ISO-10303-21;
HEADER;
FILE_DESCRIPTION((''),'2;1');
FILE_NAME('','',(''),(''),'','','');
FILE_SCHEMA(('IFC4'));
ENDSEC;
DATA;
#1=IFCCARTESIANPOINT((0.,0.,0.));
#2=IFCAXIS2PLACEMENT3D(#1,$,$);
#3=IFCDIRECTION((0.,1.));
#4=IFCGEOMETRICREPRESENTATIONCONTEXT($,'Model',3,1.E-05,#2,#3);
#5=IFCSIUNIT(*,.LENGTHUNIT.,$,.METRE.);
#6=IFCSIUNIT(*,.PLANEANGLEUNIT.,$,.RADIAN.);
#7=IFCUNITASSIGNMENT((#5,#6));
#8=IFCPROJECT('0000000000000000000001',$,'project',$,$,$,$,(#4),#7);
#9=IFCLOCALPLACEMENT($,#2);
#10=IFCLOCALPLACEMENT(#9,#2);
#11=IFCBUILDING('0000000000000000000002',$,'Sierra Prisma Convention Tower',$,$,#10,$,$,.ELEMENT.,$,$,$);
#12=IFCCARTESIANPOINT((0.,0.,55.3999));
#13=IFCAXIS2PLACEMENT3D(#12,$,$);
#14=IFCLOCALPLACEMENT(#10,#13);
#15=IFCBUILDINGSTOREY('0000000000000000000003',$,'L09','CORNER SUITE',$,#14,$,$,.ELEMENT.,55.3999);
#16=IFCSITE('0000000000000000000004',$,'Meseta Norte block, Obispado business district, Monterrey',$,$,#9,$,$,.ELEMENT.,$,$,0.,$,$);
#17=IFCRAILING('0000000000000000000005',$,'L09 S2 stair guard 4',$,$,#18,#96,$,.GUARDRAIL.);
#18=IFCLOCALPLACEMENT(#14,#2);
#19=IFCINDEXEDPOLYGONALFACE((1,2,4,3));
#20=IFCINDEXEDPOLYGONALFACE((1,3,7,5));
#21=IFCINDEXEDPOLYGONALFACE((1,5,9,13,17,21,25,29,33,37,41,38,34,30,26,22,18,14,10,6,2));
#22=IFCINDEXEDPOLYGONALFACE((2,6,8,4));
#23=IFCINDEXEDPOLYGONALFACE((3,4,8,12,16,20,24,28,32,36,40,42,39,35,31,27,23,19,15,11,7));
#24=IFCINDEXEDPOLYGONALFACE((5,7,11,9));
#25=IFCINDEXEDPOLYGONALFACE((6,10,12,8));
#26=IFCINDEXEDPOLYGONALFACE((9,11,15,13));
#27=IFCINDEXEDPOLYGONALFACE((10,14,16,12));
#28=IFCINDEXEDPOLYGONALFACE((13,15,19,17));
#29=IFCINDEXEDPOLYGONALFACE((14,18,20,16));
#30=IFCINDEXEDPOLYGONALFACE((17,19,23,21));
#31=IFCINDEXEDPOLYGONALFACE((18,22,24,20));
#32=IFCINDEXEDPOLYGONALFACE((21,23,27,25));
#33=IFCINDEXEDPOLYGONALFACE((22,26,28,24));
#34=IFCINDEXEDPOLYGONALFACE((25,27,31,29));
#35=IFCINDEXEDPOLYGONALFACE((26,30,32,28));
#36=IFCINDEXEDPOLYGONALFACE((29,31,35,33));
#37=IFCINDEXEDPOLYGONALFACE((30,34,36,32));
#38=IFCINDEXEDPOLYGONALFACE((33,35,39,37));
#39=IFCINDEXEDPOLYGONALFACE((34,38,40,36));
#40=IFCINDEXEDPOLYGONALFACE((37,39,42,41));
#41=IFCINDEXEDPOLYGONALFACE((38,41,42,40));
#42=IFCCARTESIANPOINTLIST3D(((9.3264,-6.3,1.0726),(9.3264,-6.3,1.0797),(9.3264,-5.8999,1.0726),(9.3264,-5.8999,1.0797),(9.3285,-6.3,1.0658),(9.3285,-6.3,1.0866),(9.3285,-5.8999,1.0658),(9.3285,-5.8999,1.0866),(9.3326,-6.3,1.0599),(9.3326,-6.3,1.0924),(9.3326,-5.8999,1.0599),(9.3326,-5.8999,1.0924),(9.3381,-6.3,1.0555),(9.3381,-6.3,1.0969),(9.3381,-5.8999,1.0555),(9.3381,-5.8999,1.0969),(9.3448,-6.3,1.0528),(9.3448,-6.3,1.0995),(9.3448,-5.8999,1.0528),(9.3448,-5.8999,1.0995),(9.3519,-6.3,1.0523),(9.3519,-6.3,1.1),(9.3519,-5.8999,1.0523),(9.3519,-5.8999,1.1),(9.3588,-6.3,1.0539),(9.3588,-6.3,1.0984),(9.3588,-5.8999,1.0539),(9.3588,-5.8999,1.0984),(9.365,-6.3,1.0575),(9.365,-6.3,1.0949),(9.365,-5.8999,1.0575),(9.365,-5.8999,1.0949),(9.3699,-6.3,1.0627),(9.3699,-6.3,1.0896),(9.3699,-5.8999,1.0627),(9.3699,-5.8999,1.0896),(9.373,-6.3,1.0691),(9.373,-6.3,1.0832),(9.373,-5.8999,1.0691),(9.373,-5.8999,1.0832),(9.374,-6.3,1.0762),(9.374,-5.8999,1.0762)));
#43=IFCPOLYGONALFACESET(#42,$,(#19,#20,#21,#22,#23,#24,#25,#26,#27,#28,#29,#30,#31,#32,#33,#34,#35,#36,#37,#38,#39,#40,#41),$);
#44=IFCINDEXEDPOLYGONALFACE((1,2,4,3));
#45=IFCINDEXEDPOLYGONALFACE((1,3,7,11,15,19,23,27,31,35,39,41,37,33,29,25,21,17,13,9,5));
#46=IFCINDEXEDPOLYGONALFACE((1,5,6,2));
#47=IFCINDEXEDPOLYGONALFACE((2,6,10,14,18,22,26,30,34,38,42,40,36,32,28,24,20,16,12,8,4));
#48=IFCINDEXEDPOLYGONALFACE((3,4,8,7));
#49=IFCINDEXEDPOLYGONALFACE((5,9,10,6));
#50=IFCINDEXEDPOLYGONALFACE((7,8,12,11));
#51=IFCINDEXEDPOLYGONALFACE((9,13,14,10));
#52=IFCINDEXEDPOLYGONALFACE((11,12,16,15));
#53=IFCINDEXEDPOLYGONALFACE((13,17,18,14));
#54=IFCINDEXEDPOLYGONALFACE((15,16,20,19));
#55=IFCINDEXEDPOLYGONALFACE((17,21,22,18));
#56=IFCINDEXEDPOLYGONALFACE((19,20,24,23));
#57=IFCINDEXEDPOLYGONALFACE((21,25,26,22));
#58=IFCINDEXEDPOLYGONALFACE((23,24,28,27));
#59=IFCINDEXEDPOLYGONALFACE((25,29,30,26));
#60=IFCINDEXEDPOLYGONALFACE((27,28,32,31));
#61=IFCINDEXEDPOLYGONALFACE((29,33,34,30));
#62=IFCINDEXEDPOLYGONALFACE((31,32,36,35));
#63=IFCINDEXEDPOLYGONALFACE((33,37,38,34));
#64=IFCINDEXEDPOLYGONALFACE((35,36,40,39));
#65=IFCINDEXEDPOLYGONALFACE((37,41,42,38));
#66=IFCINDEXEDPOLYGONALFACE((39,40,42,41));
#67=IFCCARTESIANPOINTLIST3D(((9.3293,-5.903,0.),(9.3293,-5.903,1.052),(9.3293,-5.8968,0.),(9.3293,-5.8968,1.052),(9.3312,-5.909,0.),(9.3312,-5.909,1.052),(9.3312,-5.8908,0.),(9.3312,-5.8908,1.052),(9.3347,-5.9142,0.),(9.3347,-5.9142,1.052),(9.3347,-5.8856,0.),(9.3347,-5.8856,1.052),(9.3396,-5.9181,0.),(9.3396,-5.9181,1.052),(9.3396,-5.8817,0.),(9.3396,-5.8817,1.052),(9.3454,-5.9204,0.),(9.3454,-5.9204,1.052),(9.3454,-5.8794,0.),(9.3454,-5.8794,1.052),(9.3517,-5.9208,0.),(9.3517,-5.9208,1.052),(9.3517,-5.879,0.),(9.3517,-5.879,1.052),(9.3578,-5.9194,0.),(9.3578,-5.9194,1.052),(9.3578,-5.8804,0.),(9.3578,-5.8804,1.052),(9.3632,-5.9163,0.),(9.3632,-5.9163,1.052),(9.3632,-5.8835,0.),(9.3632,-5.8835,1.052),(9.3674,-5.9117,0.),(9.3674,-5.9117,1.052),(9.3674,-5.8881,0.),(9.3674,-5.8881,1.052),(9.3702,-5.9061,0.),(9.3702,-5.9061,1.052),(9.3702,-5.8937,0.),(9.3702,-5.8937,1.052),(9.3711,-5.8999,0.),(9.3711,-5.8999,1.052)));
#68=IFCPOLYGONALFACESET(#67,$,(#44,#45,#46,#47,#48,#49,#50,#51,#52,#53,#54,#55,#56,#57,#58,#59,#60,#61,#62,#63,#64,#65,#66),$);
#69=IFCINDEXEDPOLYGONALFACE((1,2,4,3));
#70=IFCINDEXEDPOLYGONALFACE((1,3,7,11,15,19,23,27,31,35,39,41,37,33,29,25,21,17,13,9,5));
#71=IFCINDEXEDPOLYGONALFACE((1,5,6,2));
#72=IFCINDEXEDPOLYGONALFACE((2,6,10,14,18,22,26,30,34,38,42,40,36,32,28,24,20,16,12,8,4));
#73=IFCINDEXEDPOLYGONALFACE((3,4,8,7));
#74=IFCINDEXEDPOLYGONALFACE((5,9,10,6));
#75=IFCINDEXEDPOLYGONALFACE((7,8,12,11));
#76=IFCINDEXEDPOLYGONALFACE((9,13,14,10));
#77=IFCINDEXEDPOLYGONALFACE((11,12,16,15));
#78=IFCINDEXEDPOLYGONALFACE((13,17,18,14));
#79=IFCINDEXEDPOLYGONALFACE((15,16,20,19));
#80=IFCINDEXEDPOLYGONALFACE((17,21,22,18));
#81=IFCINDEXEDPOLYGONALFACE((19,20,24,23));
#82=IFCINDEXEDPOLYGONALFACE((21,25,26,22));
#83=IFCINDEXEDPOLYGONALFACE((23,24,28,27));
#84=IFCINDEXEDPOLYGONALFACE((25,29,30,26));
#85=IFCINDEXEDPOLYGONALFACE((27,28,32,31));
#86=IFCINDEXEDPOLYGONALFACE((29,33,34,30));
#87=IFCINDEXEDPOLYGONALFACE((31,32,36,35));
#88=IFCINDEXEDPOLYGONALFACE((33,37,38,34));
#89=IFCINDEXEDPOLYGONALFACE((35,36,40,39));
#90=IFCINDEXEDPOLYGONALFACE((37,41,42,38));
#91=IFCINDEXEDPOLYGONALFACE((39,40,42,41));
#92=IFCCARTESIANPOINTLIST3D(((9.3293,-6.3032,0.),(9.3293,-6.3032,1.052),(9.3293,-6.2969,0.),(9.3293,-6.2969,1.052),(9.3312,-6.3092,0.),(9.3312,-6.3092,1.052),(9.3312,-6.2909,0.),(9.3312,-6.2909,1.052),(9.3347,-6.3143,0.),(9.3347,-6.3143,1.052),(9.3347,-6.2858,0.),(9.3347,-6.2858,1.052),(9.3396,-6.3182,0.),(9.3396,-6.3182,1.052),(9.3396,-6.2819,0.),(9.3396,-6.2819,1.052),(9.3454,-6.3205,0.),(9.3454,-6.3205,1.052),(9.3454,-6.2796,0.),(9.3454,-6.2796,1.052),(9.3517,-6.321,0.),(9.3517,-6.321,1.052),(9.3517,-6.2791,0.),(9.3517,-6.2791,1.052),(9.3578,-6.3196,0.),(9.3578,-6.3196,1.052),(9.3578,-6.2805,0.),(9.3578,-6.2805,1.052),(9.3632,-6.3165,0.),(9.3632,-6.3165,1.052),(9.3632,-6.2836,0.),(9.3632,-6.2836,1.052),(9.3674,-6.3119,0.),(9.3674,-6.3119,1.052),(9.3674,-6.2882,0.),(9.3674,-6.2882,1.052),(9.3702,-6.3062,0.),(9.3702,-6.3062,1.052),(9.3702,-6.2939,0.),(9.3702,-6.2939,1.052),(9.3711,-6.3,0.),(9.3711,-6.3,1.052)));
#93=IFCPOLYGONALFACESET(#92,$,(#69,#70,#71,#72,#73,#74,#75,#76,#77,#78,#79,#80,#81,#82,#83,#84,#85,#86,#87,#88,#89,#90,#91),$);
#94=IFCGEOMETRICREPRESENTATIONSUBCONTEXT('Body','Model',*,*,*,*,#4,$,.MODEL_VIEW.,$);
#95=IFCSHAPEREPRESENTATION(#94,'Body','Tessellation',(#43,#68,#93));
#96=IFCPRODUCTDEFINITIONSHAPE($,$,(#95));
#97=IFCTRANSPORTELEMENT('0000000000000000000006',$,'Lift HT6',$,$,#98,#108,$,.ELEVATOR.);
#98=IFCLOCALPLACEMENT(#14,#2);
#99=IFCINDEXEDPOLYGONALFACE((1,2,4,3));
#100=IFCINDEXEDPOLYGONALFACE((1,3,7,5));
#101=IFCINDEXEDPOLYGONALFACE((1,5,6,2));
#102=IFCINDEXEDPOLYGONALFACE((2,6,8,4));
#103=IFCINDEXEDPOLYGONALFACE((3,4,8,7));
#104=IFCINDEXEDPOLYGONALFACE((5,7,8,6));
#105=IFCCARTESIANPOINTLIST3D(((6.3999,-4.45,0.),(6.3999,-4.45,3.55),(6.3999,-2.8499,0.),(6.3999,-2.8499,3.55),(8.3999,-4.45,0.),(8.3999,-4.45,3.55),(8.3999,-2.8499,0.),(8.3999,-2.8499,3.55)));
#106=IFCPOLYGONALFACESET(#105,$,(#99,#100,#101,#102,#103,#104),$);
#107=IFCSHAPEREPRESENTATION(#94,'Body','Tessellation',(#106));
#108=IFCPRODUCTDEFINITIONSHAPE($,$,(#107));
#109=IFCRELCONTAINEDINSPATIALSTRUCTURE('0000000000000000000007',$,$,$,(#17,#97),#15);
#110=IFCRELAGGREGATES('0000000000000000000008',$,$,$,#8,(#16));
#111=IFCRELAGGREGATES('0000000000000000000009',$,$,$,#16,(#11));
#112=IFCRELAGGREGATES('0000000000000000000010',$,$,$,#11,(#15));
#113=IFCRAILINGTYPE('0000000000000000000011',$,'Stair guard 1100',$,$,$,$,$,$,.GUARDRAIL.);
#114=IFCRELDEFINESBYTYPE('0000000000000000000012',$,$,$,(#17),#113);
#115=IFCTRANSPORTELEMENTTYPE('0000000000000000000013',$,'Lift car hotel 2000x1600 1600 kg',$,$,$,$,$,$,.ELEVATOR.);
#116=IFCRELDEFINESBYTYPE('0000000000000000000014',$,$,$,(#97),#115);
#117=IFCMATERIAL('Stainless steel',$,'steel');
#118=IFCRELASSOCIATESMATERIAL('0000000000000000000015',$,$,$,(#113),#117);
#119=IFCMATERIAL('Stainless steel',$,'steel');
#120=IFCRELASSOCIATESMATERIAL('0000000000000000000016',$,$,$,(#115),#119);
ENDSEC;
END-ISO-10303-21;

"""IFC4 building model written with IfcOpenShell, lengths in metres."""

from ifc_helpers import new_model, si_unit, direction, frame, origin, origin_2d, place, context, subcontext, project, spatial, rectangle, circle, extrude, material, type_object, element, save


model = new_model("IFC4")

# Units and contexts
model_context = context("Model", 3, precision=1e-05, world=origin(), true_north=direction((0.0, 1.0)))
body_context = subcontext(model_context, "Body", "Model", "MODEL_VIEW")
ifc_project = project(units=[si_unit("LENGTHUNIT", "METRE"), si_unit("PLANEANGLEUNIT", "RADIAN")], contexts=[model_context])

# Site, building, storey
site_placement = place(None, origin())
site = spatial("IfcSite", under=ifc_project, at=site_placement, Name="Meseta Norte block, Obispado business district, Monterrey", CompositionType="ELEMENT", RefElevation=0.0)
building_placement = place(site_placement, origin())
building = spatial("IfcBuilding", under=site, at=building_placement, Name="Sierra Prisma Convention Tower", CompositionType="ELEMENT")
storey_placement = place(building_placement, frame((0.0, 0.0, 55.3999)))
storey = spatial("IfcBuildingStorey", under=building, at=storey_placement, Name="L09", Description="CORNER SUITE", CompositionType="ELEMENT", Elevation=55.3999)

# Railing
ifc_material_1 = material(Name="Stainless steel", Category="steel")
railing_type_1 = type_object("IfcRailingType", Name="Stair guard 1100", PredefinedType="GUARDRAIL", material=ifc_material_1)
railing_1_placement = place(storey_placement, frame((9.3501, -5.8999, 0.0)))
element("IfcRailing", 1, at=railing_1_placement, inside=storey, type_object=railing_type_1, Name="L09 S2 stair guard 4", PredefinedType="GUARDRAIL", context=body_context, shape_type="SweptSolid", body=[
    extrude(circle(Radius=0.0239, at=origin_2d()), frame((0.0, 0.0, 1.0762), z_axis=(0.0, -1.0, 0.0), x_axis=(1.0, 0.0, 0.0)), (0.0, 0.0, 1.0), 0.4001),
    extrude(circle(Radius=0.021, at=origin_2d()), origin(), (0.0, 0.0, 1.0), 1.052),
    extrude(circle(Radius=0.021, at=origin_2d()), frame((0.0, -0.4001, 0.0)), (0.0, 0.0, 1.0), 1.052),
])

# Transport element
ifc_material_2 = material(Name="Stainless steel", Category="steel")
transport_element_type = type_object("IfcTransportElementType", Name="Lift car hotel 2000x1600 1600 kg", PredefinedType="ELEVATOR", material=ifc_material_2)
transport_element_placement = place(storey_placement, frame((7.3999, -3.6499, 0.0), z_axis=(0.0, 0.0, 1.0), x_axis=(1.0, 0.0, 0.0)))
element("IfcTransportElement", 2, at=transport_element_placement, inside=storey, type_object=transport_element_type, Name="Lift HT6", PredefinedType="ELEVATOR", context=body_context, shape_type="SweptSolid", body=[
    extrude(rectangle(XDim=2.0, YDim=1.6001, at=origin_2d()), origin(), (0.0, 0.0, 1.0), 3.55),
])

save(model, "model.ifc")
